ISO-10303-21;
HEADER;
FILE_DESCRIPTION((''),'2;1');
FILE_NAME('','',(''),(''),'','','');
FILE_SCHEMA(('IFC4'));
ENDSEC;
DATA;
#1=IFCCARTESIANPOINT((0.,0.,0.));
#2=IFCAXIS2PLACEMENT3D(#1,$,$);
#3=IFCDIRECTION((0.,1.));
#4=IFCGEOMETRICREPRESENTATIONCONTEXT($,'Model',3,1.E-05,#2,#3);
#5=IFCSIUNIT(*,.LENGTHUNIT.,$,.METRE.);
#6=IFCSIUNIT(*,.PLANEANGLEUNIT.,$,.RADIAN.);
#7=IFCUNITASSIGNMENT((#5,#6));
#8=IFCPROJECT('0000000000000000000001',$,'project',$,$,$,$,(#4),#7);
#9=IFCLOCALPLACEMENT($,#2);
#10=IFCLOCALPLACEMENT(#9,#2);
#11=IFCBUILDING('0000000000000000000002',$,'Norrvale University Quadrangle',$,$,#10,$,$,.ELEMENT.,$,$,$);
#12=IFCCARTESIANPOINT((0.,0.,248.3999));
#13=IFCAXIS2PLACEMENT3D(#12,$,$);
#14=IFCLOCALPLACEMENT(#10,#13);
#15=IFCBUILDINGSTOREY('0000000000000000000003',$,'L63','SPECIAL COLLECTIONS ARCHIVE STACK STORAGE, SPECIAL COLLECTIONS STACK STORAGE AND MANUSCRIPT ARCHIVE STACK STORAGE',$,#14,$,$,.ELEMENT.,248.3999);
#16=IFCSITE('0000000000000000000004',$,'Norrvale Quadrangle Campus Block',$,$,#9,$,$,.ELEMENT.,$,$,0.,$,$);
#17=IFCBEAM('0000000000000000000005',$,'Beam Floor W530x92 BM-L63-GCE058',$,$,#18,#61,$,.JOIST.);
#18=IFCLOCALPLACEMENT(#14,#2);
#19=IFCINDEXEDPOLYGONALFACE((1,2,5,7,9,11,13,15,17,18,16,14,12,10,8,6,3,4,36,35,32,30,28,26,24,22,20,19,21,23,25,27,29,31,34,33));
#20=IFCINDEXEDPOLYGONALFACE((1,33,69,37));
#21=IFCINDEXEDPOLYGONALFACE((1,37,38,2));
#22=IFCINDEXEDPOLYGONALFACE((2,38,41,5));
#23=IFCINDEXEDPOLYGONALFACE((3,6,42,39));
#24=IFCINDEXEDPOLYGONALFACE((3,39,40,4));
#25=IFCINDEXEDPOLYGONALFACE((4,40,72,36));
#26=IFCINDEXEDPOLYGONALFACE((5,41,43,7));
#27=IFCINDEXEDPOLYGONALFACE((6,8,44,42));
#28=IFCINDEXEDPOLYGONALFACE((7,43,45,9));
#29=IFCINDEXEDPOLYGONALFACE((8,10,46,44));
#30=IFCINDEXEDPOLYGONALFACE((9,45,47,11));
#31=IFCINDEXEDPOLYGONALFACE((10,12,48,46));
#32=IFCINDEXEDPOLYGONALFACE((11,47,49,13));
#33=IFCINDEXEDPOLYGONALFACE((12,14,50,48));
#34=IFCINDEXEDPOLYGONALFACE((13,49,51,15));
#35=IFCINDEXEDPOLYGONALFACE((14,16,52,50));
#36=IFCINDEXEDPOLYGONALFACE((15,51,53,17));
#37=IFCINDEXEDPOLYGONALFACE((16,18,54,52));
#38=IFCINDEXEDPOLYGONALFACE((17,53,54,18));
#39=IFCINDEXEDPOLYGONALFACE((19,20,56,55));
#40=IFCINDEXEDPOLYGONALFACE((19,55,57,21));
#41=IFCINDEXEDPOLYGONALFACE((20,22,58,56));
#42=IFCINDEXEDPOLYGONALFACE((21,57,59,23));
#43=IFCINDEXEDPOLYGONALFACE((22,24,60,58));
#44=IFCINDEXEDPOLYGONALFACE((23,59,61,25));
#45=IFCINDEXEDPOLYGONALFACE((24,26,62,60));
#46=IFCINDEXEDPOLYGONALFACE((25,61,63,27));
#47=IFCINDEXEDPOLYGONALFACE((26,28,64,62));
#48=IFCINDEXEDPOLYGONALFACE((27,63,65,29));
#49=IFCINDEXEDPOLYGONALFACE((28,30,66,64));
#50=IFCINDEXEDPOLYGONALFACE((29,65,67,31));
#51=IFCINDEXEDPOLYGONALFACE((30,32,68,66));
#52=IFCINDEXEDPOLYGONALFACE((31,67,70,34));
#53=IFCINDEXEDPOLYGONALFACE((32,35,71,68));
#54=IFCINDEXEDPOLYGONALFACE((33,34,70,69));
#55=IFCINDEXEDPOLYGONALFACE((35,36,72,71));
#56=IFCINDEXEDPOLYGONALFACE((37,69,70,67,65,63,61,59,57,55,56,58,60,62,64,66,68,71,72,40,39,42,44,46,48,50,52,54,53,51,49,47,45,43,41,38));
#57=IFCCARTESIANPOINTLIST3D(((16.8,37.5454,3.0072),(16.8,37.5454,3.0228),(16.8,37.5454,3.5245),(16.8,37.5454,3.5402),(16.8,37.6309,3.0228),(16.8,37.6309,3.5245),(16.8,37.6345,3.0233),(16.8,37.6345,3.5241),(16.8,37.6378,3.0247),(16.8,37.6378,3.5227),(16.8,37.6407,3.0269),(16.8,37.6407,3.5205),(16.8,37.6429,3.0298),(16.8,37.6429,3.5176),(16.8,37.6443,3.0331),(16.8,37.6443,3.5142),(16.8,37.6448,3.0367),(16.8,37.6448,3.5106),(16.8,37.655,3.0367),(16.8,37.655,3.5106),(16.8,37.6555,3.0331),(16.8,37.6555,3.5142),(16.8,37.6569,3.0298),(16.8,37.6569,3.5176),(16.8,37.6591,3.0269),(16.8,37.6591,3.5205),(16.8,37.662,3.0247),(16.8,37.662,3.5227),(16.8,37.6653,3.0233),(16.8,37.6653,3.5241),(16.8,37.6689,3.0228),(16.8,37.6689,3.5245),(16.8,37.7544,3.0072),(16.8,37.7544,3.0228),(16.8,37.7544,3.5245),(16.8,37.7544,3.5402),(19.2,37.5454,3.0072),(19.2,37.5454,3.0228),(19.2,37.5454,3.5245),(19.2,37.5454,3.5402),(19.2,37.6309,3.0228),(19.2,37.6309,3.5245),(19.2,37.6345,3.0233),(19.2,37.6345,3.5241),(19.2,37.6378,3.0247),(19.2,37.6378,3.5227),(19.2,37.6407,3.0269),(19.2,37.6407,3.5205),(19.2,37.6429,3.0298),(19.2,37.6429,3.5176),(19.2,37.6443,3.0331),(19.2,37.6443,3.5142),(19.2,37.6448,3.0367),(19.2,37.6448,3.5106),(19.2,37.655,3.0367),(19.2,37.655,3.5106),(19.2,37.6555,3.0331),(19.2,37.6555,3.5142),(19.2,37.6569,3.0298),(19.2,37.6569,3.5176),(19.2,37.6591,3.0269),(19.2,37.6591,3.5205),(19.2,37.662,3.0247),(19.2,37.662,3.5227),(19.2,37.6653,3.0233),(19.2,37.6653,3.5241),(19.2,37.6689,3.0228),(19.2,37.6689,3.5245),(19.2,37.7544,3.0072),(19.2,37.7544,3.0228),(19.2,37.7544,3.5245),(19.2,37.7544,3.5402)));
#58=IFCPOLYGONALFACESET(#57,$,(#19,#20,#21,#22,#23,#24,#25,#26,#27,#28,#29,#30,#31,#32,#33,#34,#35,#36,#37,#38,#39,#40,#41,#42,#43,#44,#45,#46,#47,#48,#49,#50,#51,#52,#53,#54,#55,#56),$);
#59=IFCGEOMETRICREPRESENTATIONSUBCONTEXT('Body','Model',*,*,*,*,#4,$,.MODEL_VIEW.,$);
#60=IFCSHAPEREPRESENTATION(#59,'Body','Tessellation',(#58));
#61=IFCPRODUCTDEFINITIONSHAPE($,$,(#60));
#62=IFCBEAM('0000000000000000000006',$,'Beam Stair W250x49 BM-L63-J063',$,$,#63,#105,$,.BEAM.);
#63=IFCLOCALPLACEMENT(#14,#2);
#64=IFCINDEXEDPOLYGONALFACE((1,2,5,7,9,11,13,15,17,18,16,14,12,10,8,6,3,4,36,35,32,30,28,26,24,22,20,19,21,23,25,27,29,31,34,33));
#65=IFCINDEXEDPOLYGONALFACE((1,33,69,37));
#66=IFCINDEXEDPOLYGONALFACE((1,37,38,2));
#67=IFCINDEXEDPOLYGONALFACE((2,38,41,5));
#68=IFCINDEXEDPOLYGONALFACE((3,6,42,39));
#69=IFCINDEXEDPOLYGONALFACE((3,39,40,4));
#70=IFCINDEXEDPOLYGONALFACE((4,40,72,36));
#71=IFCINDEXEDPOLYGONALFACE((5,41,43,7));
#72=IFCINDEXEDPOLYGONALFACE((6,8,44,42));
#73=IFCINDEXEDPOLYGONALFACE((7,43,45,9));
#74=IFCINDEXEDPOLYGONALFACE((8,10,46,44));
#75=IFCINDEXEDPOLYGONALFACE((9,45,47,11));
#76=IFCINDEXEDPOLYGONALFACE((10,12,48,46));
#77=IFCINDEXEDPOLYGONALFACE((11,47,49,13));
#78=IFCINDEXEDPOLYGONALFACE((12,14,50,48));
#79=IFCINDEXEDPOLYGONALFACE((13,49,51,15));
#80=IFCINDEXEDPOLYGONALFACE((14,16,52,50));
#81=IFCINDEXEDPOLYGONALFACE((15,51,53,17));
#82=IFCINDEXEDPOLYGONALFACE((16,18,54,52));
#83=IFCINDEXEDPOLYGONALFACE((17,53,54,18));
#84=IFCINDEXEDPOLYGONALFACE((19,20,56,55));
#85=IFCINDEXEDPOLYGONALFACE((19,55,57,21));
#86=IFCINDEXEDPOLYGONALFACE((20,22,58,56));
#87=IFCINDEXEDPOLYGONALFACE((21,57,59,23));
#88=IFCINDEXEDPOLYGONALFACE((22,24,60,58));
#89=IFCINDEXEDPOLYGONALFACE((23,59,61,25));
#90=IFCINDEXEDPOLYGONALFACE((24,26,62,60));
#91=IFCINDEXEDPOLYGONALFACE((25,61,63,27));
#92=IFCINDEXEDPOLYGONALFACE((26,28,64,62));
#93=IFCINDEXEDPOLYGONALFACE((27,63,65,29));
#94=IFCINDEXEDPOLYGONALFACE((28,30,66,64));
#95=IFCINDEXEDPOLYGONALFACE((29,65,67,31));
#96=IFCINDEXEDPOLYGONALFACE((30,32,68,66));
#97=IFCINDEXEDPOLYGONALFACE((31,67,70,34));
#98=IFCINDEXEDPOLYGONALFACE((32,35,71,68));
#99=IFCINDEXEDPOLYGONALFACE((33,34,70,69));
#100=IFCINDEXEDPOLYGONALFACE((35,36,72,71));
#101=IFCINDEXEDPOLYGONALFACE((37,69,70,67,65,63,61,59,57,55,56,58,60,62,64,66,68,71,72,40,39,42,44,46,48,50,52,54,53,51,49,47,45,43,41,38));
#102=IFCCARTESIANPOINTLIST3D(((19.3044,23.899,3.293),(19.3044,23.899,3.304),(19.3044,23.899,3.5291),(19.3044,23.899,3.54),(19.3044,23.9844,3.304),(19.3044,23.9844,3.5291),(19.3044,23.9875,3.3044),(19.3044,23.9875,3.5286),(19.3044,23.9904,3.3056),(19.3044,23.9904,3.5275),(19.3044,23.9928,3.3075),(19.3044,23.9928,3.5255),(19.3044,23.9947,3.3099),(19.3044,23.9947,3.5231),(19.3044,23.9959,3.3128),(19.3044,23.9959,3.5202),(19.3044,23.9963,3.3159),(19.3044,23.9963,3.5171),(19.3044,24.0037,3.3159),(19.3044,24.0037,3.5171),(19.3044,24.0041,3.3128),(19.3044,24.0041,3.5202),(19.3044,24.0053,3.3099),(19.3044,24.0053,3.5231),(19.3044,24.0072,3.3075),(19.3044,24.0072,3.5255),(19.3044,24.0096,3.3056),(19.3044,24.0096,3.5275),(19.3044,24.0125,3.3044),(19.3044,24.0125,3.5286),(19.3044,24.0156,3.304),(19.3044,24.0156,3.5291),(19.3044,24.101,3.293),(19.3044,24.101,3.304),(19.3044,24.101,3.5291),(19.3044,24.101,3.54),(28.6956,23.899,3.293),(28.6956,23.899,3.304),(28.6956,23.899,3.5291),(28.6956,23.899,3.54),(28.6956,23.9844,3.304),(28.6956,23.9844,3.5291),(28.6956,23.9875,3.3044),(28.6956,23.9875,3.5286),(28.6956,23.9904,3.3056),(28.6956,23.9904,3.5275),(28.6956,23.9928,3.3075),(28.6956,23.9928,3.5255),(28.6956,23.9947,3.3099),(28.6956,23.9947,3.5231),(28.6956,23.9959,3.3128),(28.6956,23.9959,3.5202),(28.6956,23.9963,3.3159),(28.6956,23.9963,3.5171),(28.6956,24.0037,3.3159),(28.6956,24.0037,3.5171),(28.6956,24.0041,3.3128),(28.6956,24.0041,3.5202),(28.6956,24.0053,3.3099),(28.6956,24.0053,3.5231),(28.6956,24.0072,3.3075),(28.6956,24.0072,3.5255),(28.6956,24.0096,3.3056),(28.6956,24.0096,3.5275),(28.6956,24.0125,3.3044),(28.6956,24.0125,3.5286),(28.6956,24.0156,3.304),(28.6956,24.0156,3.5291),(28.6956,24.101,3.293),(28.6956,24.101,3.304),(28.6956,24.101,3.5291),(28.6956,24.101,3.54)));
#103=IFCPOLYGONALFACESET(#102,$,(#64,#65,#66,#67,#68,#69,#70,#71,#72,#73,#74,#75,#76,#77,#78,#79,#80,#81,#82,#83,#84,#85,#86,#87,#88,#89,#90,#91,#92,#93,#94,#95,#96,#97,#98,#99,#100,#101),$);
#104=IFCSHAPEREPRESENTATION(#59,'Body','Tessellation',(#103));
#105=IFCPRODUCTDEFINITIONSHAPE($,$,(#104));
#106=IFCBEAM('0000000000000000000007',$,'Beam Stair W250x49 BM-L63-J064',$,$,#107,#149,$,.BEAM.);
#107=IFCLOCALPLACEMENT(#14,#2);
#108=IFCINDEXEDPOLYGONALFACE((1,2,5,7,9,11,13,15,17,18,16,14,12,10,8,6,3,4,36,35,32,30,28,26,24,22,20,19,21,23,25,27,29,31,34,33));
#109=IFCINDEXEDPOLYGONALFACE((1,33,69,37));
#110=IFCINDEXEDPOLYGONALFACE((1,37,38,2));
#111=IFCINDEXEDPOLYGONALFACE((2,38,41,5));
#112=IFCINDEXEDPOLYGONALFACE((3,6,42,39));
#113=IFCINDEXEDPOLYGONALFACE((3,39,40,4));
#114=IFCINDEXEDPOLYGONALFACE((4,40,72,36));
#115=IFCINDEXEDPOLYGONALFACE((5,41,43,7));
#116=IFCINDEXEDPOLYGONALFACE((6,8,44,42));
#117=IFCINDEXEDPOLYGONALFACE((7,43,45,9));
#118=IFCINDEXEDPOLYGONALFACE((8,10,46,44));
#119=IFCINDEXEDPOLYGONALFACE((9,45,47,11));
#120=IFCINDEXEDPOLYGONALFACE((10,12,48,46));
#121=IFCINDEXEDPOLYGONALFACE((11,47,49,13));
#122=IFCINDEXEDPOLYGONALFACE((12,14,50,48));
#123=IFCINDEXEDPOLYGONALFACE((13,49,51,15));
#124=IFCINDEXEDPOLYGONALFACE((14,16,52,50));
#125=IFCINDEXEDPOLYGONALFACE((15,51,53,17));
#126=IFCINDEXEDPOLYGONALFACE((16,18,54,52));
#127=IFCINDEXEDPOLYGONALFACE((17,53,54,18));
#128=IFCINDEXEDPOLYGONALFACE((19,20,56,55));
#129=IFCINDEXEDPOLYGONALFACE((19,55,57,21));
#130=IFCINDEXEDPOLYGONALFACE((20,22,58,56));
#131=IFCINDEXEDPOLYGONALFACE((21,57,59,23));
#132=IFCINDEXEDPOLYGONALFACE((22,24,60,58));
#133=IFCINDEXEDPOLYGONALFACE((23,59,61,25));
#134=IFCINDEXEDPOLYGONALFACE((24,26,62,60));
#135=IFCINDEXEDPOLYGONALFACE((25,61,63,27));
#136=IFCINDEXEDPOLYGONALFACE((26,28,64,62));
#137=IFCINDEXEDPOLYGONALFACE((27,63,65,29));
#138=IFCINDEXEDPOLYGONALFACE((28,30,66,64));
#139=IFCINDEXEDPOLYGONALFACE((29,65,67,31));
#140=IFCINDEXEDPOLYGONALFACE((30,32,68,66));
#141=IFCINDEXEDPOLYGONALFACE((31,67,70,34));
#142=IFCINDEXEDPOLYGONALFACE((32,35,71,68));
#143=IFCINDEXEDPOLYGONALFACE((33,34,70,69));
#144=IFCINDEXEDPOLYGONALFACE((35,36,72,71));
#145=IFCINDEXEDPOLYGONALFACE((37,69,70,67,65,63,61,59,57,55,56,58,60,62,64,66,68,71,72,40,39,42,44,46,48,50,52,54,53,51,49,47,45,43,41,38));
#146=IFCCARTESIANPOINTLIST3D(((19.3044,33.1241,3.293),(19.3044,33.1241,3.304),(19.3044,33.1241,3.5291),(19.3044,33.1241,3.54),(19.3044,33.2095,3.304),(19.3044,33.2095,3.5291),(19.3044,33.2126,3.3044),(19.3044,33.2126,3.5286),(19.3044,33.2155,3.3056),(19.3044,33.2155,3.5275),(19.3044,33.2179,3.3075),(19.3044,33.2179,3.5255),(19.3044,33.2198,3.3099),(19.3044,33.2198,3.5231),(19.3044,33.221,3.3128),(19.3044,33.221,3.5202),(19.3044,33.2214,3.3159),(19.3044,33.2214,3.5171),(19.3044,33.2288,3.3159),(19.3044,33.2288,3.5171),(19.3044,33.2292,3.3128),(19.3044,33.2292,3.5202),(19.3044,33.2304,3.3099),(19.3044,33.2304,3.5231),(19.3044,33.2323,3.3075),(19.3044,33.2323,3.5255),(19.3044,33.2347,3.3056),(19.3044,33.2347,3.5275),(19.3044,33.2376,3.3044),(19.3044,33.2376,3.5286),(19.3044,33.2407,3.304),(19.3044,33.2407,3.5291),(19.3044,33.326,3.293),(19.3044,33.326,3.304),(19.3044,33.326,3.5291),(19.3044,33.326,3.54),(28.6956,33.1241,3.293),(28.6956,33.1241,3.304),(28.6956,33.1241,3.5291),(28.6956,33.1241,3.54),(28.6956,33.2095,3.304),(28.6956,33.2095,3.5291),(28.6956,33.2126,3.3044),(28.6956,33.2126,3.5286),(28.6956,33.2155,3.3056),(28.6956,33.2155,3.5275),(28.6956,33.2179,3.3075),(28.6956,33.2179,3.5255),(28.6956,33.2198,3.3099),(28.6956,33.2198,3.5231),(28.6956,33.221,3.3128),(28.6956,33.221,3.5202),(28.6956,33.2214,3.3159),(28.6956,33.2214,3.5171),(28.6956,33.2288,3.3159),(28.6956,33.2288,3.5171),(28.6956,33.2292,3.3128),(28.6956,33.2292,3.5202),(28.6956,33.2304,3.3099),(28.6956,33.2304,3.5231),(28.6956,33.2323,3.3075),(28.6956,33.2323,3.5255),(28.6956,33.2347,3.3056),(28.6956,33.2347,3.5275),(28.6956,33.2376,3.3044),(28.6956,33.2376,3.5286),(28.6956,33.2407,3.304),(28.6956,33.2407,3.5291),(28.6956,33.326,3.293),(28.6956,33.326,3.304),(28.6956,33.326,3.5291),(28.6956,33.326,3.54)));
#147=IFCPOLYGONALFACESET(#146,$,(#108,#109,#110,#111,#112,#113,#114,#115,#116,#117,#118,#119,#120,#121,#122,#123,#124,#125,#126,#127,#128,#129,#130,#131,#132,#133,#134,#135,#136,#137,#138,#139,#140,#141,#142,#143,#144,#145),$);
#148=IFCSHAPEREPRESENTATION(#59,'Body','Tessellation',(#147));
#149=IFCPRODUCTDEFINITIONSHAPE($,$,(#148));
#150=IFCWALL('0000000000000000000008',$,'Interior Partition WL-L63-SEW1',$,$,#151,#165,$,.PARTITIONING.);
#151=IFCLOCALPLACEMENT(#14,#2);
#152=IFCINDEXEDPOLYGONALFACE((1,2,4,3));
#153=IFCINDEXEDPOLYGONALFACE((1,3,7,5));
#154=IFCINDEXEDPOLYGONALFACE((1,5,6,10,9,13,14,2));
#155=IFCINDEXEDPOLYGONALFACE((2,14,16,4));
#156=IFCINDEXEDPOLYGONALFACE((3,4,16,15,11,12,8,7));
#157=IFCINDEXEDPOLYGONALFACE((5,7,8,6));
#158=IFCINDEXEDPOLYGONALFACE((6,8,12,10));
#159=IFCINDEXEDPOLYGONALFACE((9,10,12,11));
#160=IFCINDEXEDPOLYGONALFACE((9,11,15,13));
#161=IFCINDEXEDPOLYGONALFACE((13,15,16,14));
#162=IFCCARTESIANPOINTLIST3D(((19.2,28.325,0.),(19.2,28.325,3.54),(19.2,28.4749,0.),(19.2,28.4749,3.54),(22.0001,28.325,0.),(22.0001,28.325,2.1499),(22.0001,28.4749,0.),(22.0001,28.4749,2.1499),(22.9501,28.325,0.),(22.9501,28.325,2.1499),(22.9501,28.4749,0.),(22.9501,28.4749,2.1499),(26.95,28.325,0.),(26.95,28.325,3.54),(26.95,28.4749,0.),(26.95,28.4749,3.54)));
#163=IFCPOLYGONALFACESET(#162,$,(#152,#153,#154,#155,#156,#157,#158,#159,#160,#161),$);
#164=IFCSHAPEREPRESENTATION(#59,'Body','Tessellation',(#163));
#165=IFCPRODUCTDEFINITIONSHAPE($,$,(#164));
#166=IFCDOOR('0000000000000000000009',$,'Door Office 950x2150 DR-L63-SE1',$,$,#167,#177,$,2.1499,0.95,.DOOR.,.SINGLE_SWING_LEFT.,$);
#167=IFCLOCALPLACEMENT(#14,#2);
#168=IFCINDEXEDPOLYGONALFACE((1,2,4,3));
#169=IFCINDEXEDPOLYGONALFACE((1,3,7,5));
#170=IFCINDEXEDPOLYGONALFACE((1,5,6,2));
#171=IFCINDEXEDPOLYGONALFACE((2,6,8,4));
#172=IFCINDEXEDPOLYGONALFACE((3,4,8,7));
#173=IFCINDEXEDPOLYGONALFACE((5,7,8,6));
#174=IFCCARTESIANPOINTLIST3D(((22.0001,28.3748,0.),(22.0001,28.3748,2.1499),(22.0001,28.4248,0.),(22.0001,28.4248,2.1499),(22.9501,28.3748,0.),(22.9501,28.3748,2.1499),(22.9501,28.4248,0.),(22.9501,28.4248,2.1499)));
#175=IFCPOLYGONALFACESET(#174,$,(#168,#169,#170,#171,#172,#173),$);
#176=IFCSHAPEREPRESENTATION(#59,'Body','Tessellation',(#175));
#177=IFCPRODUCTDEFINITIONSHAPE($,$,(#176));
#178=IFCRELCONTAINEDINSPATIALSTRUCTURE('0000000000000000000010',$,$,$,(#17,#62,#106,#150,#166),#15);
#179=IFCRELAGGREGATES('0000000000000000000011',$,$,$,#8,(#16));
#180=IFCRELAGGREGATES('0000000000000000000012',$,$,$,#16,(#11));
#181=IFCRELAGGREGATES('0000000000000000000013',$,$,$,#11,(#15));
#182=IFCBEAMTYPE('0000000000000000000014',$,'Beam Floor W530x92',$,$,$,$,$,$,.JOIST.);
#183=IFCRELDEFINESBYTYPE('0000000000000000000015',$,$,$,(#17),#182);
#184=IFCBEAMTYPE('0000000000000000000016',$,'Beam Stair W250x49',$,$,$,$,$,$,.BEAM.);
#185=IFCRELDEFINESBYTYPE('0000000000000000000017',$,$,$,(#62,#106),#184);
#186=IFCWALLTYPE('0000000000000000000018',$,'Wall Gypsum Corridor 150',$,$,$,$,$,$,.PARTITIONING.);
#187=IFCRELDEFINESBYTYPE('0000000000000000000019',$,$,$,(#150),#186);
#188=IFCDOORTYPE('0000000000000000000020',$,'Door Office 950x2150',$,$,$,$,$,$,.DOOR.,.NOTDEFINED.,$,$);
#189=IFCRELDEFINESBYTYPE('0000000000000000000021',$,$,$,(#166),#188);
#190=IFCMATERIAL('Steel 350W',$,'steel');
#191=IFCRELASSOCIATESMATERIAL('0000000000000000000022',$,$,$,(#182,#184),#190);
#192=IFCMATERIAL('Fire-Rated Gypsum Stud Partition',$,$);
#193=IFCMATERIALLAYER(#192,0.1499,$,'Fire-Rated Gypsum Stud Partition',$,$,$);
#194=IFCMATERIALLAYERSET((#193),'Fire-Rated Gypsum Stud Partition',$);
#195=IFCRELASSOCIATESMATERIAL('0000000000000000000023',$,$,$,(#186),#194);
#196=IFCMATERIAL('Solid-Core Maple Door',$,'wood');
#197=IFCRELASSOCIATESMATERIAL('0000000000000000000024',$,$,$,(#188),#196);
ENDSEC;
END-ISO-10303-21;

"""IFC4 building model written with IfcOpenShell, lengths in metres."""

from ifc_helpers import new_model, si_unit, direction, frame, frame_2d, origin, origin_2d, place, context, subcontext, project, spatial, rectangle, i_section, extrude, material, layer, layer_set, material_profile, profile_set, type_object, element, fill, save


model = new_model("IFC4")

# Units and contexts
model_context = context("Model", 3, precision=1e-05, world=origin(), true_north=direction((0.0, 1.0)))
body_context = subcontext(model_context, "Body", "Model", "MODEL_VIEW")
ifc_project = project(units=[si_unit("LENGTHUNIT", "METRE"), si_unit("PLANEANGLEUNIT", "RADIAN")], contexts=[model_context])

# Site, building, storey
site_placement = place(None, origin())
site = spatial("IfcSite", under=ifc_project, at=site_placement, Name="Norrvale Quadrangle Campus Block", CompositionType="ELEMENT", RefElevation=0.0)
building_placement = place(site_placement, origin())
building = spatial("IfcBuilding", under=site, at=building_placement, Name="Norrvale University Quadrangle", CompositionType="ELEMENT")
storey_placement = place(building_placement, frame((0.0, 0.0, 248.3999)))
storey = spatial("IfcBuildingStorey", under=building, at=storey_placement, Name="L63", Description="SPECIAL COLLECTIONS ARCHIVE STACK STORAGE, SPECIAL COLLECTIONS STACK STORAGE AND MANUSCRIPT ARCHIVE STACK STORAGE", CompositionType="ELEMENT", Elevation=248.3999)

# Beams
ifc_material_1 = material(Name="Steel 350W", Category="steel")
ifc_material_profile_1 = material_profile(ifc_material_1, i_section(OverallWidth=0.209, OverallDepth=0.533, WebThickness=0.0103, FlangeThickness=0.0156, FilletRadius=0.0139, at=origin_2d()), Name="Steel 350W")
ifc_profile_set_1 = profile_set([ifc_material_profile_1], Name="Steel 350W")
beam_type_1 = type_object("IfcBeamType", Name="Beam Floor W530x92", PredefinedType="JOIST", material=ifc_profile_set_1)
beam_1_placement = place(storey_placement, frame((16.8, 37.6499, 3.2737), z_axis=(1.0, 0.0, 0.0), x_axis=(0.0, 1.0, 0.0)))
element("IfcBeam", 1, at=beam_1_placement, inside=storey, type_object=beam_type_1, Name="Beam Floor W530x92 BM-L63-GCE058", PredefinedType="JOIST", context=body_context, shape_type="SweptSolid", body=[
    extrude(i_section(OverallWidth=0.209, OverallDepth=0.533, WebThickness=0.0103, FlangeThickness=0.0156, FilletRadius=0.0139, at=origin_2d()), origin(), (0.0, 0.0, 1.0), 2.3999),
])
ifc_material_profile_2 = material_profile(ifc_material_1, i_section(OverallWidth=0.2019, OverallDepth=0.2471, WebThickness=0.0073, FlangeThickness=0.011, FilletRadius=0.012, at=origin_2d()), Name="Steel 350W")
ifc_profile_set_2 = profile_set([ifc_material_profile_2], Name="Steel 350W")
beam_type_2 = type_object("IfcBeamType", Name="Beam Stair W250x49", PredefinedType="BEAM", material=ifc_profile_set_2)
for number, where, z_axis, x_axis, name in (
    (2, (19.3044, 24.0, 3.4165), (1.0, 0.0, 0.0), (0.0, 1.0, 0.0), "Beam Stair W250x49 BM-L63-J063"),
    (3, (19.3044, 33.2251, 3.4165), (1.0, 0.0, 0.0), (0.0, 1.0, 0.0), "Beam Stair W250x49 BM-L63-J064"),
):
    element("IfcBeam", number, at=place(storey_placement, frame(where, z_axis=z_axis, x_axis=x_axis)), inside=storey, type_object=beam_type_2, Name=name, PredefinedType="BEAM", context=body_context, shape_type="SweptSolid", body=[
        extrude(i_section(OverallWidth=0.2019, OverallDepth=0.2471, WebThickness=0.0073, FlangeThickness=0.011, FilletRadius=0.012, at=origin_2d()), origin(), (0.0, 0.0, 1.0), 9.3911),
    ])

# Wall, opening, door
ifc_material_2 = material(Name="Fire-Rated Gypsum Stud Partition")
ifc_layer_1 = layer(ifc_material_2, 0.1499, Name="Fire-Rated Gypsum Stud Partition")
ifc_layer_set_1 = layer_set([ifc_layer_1], Name="Fire-Rated Gypsum Stud Partition")
wall_type_1 = type_object("IfcWallType", Name="Wall Gypsum Corridor 150", PredefinedType="PARTITIONING", material=ifc_layer_set_1)
wall_1_placement = place(storey_placement, frame((19.2, 28.3999, 0.0), z_axis=(0.0, 0.0, 1.0), x_axis=(1.0, 0.0, 0.0)))
wall_1 = element("IfcWall", 4, at=wall_1_placement, inside=storey, type_object=wall_type_1, Name="Interior Partition WL-L63-SEW1", PredefinedType="PARTITIONING", context=body_context, shape_type="SweptSolid", body=[
    extrude(rectangle(XDim=7.75, YDim=0.1499, at=frame_2d((3.875, 0.0))), origin(), (0.0, 0.0, 1.0), 3.54),
])
opening_1_placement = place(wall_1_placement, frame((2.8, 0.0, 0.0)))
opening_1 = element("IfcOpeningElement", 5, at=opening_1_placement, cuts=wall_1, PredefinedType="OPENING", context=body_context, shape_type="SweptSolid", body=[
    extrude(rectangle(XDim=0.95, YDim=2.1499, at=frame_2d((0.4751, 1.075))), frame((0.0, 0.0869, 0.0), z_axis=(0.0, -1.0, 0.0), x_axis=(1.0, 0.0, 0.0)), (0.0, 0.0, 1.0), 0.1738),
])
ifc_material_3 = material(Name="Solid-Core Maple Door", Category="wood")
door_type_1 = type_object("IfcDoorType", Name="Door Office 950x2150", OperationType="NOTDEFINED", PredefinedType="DOOR", material=ifc_material_3)
door_1_placement = place(opening_1_placement, origin())
door_1 = element("IfcDoor", 6, at=door_1_placement, inside=storey, type_object=door_type_1, Name="Door Office 950x2150 DR-L63-SE1", OperationType="SINGLE_SWING_LEFT", OverallHeight=2.1499, OverallWidth=0.95, PredefinedType="DOOR", context=body_context, shape_type="SweptSolid", body=[
    extrude(rectangle(XDim=0.95, YDim=2.1499, at=frame_2d((0.4751, 1.075))), frame((0.0, 0.0249, 0.0), z_axis=(0.0, -1.0, 0.0), x_axis=(1.0, 0.0, 0.0)), (0.0, 0.0, 1.0), 0.05),
])
fill(opening_1, door_1)

save(model, "model.ifc")
